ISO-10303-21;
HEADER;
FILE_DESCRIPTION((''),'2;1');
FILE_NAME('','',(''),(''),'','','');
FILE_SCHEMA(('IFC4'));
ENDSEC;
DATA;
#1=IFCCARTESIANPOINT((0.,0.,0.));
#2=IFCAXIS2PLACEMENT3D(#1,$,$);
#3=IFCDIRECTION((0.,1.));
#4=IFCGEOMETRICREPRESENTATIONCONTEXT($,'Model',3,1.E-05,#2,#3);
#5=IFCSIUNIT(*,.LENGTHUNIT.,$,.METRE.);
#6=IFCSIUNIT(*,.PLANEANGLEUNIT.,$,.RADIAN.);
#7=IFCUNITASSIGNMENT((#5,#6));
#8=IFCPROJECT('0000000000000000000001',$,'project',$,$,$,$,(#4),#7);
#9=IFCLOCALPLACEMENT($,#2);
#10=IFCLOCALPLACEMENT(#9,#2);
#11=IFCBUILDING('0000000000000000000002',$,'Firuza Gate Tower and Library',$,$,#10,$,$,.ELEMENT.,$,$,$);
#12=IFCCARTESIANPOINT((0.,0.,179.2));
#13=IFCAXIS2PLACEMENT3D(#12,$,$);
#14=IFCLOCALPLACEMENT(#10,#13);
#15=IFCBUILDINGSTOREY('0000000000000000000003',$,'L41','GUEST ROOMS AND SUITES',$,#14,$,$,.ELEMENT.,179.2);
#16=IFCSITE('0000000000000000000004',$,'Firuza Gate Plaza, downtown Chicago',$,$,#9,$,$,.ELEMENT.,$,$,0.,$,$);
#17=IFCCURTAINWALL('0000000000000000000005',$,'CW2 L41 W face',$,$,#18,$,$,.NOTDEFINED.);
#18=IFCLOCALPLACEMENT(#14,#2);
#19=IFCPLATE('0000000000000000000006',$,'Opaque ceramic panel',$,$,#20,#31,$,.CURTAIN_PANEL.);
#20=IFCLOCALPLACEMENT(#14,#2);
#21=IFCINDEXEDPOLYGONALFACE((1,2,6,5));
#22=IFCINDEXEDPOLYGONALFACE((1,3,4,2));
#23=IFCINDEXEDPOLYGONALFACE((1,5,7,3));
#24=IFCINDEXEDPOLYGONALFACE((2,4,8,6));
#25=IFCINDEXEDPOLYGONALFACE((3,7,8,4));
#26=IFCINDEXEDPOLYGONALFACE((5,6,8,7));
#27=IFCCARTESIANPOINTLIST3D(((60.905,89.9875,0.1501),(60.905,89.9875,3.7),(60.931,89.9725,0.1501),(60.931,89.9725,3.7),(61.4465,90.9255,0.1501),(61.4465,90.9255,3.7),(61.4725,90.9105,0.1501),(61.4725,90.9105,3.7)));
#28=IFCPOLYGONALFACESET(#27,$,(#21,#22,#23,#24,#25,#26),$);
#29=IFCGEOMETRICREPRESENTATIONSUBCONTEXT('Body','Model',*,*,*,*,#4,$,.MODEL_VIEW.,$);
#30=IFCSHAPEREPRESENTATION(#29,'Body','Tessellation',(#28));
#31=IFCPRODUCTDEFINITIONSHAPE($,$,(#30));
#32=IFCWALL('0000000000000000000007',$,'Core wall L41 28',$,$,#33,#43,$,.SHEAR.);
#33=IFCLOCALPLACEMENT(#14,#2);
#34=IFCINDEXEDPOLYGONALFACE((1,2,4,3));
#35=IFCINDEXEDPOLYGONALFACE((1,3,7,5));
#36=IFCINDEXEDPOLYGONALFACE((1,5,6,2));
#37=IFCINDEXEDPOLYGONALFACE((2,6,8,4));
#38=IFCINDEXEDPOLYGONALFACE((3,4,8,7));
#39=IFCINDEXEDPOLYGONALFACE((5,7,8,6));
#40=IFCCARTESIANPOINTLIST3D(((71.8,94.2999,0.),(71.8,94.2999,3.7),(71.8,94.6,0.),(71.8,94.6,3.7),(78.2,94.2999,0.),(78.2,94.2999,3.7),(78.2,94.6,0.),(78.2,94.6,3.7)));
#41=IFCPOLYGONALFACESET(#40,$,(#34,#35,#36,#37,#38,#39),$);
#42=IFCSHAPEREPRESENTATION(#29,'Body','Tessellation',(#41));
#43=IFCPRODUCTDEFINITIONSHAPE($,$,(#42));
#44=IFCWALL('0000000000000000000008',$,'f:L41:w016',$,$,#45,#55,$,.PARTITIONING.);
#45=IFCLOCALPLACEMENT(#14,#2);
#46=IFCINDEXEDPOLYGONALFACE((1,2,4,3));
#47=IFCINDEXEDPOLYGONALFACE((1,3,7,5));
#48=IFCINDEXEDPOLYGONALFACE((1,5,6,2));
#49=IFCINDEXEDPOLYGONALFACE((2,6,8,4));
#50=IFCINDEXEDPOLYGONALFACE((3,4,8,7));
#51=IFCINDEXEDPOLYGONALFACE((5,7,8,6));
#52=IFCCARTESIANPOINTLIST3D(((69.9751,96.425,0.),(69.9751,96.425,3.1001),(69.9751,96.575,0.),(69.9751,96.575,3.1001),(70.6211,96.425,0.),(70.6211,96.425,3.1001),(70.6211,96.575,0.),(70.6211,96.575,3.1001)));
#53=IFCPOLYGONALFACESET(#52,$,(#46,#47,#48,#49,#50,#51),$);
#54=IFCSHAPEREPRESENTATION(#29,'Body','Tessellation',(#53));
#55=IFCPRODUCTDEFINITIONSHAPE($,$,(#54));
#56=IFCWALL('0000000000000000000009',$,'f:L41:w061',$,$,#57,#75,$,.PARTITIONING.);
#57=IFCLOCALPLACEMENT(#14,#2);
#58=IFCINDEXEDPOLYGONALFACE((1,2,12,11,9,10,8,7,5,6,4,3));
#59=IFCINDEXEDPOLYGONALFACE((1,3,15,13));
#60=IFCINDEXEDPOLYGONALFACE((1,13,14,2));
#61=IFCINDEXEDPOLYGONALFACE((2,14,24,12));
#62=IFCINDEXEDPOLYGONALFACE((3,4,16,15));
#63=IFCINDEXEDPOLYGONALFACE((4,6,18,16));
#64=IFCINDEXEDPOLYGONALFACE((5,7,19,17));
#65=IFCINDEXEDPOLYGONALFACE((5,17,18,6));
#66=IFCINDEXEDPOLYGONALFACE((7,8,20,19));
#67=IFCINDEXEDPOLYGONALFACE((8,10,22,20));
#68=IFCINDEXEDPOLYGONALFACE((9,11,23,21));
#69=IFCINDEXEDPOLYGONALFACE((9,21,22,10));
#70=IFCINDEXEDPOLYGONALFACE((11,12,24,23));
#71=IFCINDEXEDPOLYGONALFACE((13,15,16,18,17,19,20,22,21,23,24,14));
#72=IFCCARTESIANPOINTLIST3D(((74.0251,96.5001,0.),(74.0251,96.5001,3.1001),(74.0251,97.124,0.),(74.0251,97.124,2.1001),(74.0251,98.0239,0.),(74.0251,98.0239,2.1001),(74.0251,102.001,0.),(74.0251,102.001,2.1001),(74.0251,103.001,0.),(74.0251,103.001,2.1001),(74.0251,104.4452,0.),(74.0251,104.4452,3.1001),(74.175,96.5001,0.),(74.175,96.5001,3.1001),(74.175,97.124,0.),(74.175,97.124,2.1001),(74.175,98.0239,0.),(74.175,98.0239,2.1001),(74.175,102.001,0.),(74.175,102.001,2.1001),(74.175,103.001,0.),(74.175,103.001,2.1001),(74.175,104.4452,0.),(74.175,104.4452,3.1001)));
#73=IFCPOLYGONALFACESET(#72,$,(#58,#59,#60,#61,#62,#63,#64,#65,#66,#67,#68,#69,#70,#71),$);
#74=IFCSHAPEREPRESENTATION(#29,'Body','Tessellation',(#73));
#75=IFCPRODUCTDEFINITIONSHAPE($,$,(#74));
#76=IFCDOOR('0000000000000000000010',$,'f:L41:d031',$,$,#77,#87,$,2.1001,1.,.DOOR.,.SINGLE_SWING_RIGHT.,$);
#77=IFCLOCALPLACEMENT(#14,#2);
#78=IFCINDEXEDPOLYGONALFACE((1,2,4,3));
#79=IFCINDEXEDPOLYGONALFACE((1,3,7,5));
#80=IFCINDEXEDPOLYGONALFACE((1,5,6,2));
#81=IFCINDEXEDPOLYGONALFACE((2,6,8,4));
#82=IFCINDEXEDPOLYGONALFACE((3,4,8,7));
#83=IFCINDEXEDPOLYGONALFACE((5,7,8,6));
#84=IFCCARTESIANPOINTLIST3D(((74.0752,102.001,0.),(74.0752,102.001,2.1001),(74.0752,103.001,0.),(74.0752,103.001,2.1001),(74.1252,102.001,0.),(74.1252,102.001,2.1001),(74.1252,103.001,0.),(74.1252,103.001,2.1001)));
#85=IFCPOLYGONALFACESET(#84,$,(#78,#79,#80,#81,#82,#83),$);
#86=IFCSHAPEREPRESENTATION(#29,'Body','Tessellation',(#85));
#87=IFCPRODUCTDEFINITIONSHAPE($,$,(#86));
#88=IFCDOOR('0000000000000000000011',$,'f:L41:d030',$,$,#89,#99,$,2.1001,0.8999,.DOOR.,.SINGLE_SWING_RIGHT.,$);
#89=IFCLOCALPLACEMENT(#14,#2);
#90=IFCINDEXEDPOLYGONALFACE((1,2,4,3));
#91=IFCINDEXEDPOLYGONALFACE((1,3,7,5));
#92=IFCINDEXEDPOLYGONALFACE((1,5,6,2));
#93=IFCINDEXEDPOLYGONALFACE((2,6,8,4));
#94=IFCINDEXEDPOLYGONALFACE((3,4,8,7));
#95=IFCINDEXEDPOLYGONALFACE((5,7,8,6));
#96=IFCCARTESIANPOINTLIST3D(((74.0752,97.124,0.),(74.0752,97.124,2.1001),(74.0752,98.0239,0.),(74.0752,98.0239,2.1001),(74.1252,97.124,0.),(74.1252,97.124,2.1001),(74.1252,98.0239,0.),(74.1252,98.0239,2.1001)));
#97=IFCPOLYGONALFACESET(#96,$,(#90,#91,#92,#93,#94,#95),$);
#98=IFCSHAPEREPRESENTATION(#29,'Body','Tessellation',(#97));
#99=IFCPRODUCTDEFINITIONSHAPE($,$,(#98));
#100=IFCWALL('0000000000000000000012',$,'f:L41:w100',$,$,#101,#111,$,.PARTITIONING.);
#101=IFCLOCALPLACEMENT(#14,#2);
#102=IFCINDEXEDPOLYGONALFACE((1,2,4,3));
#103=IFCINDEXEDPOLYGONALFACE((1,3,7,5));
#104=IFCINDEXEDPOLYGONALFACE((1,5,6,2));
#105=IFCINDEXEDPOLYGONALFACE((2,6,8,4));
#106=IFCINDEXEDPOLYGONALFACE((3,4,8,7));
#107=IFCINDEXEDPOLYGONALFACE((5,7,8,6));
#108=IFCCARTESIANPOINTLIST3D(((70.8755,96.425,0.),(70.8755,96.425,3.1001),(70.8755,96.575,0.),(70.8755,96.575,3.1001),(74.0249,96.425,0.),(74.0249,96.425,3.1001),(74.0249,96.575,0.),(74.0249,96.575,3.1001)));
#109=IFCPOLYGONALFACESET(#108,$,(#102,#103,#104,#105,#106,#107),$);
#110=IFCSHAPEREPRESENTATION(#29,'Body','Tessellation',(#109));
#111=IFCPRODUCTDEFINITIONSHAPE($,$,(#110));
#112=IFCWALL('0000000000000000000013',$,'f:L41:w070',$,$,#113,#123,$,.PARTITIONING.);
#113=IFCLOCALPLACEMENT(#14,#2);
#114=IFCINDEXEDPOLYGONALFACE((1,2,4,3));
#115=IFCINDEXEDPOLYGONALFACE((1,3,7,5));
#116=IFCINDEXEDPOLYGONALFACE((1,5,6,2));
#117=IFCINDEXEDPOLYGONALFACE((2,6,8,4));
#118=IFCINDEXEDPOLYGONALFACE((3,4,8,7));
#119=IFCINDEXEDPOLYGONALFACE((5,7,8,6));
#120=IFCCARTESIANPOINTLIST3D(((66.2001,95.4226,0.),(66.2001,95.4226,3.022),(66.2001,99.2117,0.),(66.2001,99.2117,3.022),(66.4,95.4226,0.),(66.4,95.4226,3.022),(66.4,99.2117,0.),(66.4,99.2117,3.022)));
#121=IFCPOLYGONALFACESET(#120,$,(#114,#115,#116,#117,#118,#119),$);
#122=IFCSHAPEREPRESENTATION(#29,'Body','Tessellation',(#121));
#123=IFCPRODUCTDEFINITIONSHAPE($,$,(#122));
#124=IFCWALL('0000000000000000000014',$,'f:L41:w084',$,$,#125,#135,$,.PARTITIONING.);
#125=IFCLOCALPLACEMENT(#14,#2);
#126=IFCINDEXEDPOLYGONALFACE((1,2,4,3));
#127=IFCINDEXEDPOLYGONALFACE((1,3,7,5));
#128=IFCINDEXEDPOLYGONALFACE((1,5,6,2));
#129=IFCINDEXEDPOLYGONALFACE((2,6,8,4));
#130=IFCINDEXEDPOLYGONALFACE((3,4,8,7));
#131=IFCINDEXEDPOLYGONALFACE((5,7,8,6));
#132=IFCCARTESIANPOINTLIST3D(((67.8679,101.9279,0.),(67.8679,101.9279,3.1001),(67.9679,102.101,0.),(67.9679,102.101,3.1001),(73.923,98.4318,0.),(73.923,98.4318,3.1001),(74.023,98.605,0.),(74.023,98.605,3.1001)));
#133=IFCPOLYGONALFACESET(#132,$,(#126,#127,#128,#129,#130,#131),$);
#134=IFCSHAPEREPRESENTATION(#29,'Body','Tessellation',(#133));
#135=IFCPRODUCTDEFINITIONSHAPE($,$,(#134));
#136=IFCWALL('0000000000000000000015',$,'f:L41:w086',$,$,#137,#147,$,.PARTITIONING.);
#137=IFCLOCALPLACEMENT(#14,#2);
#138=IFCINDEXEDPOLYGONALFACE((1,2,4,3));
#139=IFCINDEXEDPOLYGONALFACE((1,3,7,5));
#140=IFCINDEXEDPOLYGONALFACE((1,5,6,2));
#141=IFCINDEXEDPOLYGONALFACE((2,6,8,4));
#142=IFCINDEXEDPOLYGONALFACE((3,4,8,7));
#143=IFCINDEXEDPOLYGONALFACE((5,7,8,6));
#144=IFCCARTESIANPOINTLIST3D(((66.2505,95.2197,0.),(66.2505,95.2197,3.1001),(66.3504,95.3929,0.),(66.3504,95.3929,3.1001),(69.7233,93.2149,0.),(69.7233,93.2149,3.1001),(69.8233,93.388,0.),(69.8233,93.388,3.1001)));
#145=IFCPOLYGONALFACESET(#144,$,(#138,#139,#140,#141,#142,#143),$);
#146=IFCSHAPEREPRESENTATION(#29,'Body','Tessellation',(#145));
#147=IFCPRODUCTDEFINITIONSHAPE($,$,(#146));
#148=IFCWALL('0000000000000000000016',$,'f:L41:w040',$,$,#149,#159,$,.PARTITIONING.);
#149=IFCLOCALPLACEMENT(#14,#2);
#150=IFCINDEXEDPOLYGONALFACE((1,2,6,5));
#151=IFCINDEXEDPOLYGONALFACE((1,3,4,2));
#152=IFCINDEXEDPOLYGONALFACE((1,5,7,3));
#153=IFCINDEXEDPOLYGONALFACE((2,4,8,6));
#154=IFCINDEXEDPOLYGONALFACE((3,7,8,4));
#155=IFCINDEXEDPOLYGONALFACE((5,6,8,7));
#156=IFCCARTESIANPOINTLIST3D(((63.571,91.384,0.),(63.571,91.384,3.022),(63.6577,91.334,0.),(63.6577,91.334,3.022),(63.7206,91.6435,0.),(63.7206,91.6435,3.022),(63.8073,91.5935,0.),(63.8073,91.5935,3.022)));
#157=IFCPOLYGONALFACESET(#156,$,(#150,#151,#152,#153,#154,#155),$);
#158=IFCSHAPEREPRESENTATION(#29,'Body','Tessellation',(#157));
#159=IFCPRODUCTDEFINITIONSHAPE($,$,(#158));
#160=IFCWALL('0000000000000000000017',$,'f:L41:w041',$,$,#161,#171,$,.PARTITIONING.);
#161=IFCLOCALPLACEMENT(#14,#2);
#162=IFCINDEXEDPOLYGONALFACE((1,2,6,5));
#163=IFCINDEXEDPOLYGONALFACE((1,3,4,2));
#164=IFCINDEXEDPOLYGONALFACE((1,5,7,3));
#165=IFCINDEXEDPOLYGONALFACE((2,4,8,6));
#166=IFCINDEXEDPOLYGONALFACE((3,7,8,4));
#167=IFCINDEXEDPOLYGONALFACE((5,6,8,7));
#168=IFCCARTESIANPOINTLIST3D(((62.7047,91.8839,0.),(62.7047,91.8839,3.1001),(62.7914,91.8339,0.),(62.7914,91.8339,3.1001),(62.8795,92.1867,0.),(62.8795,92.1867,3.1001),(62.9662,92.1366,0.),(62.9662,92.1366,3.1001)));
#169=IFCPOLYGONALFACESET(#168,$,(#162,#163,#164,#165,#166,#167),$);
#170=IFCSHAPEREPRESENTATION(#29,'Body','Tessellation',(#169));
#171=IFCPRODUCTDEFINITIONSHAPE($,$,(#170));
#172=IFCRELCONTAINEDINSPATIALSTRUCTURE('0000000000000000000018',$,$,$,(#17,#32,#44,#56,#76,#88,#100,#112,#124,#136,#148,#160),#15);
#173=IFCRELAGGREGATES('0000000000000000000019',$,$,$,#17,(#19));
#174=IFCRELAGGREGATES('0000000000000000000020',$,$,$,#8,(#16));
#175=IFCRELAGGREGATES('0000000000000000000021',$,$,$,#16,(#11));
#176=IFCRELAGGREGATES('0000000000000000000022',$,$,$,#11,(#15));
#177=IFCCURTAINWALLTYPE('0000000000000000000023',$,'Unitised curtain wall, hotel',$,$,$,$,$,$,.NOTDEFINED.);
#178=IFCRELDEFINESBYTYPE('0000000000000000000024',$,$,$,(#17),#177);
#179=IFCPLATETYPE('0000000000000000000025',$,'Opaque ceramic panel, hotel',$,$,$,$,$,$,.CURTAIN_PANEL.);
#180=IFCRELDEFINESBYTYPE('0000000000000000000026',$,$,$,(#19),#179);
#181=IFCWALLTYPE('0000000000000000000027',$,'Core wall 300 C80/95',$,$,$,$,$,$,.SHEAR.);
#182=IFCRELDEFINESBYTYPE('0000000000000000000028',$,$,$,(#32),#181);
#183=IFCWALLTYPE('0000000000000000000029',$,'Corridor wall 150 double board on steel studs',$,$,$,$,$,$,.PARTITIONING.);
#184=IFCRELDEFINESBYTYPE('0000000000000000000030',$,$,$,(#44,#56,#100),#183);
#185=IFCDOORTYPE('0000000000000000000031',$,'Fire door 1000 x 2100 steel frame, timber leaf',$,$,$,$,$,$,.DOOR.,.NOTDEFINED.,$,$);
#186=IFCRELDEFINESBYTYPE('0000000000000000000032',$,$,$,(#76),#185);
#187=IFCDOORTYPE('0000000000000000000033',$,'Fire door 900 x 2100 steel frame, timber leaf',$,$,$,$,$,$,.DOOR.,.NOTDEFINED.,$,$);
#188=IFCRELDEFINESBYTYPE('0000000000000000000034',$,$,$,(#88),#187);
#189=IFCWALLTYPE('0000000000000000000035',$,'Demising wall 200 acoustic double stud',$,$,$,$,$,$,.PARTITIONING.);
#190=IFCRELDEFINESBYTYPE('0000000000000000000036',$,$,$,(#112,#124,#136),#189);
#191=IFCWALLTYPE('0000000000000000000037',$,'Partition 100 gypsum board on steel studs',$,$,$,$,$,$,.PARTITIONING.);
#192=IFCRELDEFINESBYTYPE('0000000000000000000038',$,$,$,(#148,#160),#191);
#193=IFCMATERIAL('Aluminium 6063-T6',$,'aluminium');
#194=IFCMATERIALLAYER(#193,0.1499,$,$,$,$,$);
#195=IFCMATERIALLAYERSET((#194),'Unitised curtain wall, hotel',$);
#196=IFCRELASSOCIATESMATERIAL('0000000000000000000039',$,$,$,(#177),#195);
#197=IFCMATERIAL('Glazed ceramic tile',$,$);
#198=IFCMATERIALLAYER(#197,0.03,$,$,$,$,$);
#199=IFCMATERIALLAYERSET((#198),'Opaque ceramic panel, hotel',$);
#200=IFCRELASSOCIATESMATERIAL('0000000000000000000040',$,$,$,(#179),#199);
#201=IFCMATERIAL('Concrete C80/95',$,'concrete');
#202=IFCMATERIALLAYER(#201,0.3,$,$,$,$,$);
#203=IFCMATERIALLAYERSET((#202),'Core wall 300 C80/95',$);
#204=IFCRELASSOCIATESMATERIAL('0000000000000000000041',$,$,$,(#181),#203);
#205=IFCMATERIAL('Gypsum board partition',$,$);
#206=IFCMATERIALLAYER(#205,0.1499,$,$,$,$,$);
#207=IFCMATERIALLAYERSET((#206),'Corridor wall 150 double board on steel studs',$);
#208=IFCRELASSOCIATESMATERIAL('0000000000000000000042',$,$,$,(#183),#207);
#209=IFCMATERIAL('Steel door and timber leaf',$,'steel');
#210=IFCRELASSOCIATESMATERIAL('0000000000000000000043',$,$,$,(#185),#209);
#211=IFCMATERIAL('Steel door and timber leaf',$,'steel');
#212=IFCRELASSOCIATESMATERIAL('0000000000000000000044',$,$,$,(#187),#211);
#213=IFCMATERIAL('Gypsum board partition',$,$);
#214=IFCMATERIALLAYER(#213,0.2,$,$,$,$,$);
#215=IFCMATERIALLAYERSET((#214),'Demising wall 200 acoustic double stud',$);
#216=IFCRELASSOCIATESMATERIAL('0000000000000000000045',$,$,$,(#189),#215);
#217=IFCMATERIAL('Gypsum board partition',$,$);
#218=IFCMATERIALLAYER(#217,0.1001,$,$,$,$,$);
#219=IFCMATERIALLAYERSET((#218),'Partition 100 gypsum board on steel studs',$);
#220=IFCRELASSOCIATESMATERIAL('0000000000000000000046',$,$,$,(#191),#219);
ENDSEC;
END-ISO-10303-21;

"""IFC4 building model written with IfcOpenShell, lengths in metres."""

from ifc_helpers import new_model, si_unit, direction, frame, frame_2d, origin, place, context, subcontext, project, spatial, polyline, rectangle, outline, extrude, material, layer, layer_set, type_object, element, fill, aggregate, save


model = new_model("IFC4")

# Units and contexts
model_context = context("Model", 3, precision=1e-05, world=origin(), true_north=direction((0.0, 1.0)))
body_context = subcontext(model_context, "Body", "Model", "MODEL_VIEW")
ifc_project = project(units=[si_unit("LENGTHUNIT", "METRE"), si_unit("PLANEANGLEUNIT", "RADIAN")], contexts=[model_context])

# Site, building, storey
site_placement = place(None, origin())
site = spatial("IfcSite", under=ifc_project, at=site_placement, Name="Firuza Gate Plaza, downtown Chicago", CompositionType="ELEMENT", RefElevation=0.0)
building_placement = place(site_placement, origin())
building = spatial("IfcBuilding", under=site, at=building_placement, Name="Firuza Gate Tower and Library", CompositionType="ELEMENT")
storey_placement = place(building_placement, frame((0.0, 0.0, 179.2)))
storey = spatial("IfcBuildingStorey", under=building, at=storey_placement, Name="L41", Description="GUEST ROOMS AND SUITES", CompositionType="ELEMENT", Elevation=179.2)

# Curtain wall
ifc_material_1 = material(Name="Aluminium 6063-T6", Category="aluminium")
ifc_layer_1 = layer(ifc_material_1, 0.1499)
ifc_layer_set_1 = layer_set([ifc_layer_1], Name="Unitised curtain wall, hotel")
curtain_wall_type = type_object("IfcCurtainWallType", Name="Unitised curtain wall, hotel", PredefinedType="NOTDEFINED", material=ifc_layer_set_1)
placement = place(storey_placement, origin())
curtain_wall = element("IfcCurtainWall", 1, at=placement, inside=storey, type_object=curtain_wall_type, Name="CW2 L41 W face", PredefinedType="NOTDEFINED")

# Plate
ifc_material_2 = material(Name="Glazed ceramic tile")
ifc_layer_2 = layer(ifc_material_2, 0.03)
ifc_layer_set_2 = layer_set([ifc_layer_2], Name="Opaque ceramic panel, hotel")
plate_type_1 = type_object("IfcPlateType", Name="Opaque ceramic panel, hotel", PredefinedType="CURTAIN_PANEL", material=ifc_layer_set_2)
plate_1_placement = place(storey_placement, frame((61.4465, 90.9255, 0.1501), z_axis=(-0.866043, 0.49997, 0.0), x_axis=(-0.49997, -0.866043, 0.0)))
plate_1 = element("IfcPlate", 2, at=plate_1_placement, type_object=plate_type_1, Name="Opaque ceramic panel", PredefinedType="CURTAIN_PANEL", context=body_context, shape_type="SweptSolid", body=[
    extrude(outline(polyline([(0.0, 0.0), (1.0831, 0.0), (1.0831, 3.5498), (0.0, 3.5498), (0.0, 0.0)])), origin(), (0.0, 0.0, -1.0), 0.03),
])
aggregate(curtain_wall, [plate_1])

# Walls
ifc_material_3 = material(Name="Concrete C80/95", Category="concrete")
ifc_layer_3 = layer(ifc_material_3, 0.3)
ifc_layer_set_3 = layer_set([ifc_layer_3], Name="Core wall 300 C80/95")
wall_type_1 = type_object("IfcWallType", Name="Core wall 300 C80/95", PredefinedType="SHEAR", material=ifc_layer_set_3)
wall_1_placement = place(storey_placement, frame((71.8, 94.45, 0.0), z_axis=(0.0, 0.0, 1.0), x_axis=(1.0, 0.0, 0.0)))
element("IfcWall", 3, at=wall_1_placement, inside=storey, type_object=wall_type_1, Name="Core wall L41 28", PredefinedType="SHEAR", context=body_context, shape_type="SweptSolid", body=[
    extrude(rectangle(XDim=6.3999, YDim=0.3, at=frame_2d((3.2, 0.0))), origin(), (0.0, 0.0, 1.0), 3.7),
])
ifc_material_4 = material(Name="Gypsum board partition")
ifc_layer_4 = layer(ifc_material_4, 0.1499)
ifc_layer_set_4 = layer_set([ifc_layer_4], Name="Corridor wall 150 double board on steel studs")
wall_type_2 = type_object("IfcWallType", Name="Corridor wall 150 double board on steel studs", PredefinedType="PARTITIONING", material=ifc_layer_set_4)
wall_2_placement = place(storey_placement, frame((69.9751, 96.5, 0.0), z_axis=(0.0, 0.0, 1.0), x_axis=(1.0, 0.0, 0.0)))
element("IfcWall", 4, at=wall_2_placement, inside=storey, type_object=wall_type_2, Name="f:L41:w016", PredefinedType="PARTITIONING", context=body_context, shape_type="SweptSolid", body=[
    extrude(rectangle(XDim=0.646, YDim=0.1499, at=frame_2d((0.323, 0.0))), origin(), (0.0, 0.0, 1.0), 3.1001),
])

# Wall, openings, doors
wall_3_placement = place(storey_placement, frame((74.1001, 96.5, 0.0), z_axis=(0.0, 0.0, 1.0), x_axis=(0.0, 1.0, 0.0)))
wall_3 = element("IfcWall", 5, at=wall_3_placement, inside=storey, type_object=wall_type_2, Name="f:L41:w061", PredefinedType="PARTITIONING", context=body_context, shape_type="SweptSolid", body=[
    extrude(rectangle(XDim=7.9451, YDim=0.1499, at=frame_2d((3.9727, 0.0))), origin(), (0.0, 0.0, 1.0), 3.1001),
])
opening_1_placement = place(wall_3_placement, frame((0.624, 0.0, 0.0)))
opening_1 = element("IfcOpeningElement", 6, at=opening_1_placement, cuts=wall_3, PredefinedType="OPENING", context=body_context, shape_type="SweptSolid", body=[
    extrude(rectangle(XDim=0.8999, YDim=2.1001, at=frame_2d((0.45, 1.05))), frame((0.0, 0.085, 0.0), z_axis=(0.0, -1.0, 0.0), x_axis=(1.0, 0.0, 0.0)), (0.0, 0.0, 1.0), 0.1699),
])
opening_2_placement = place(wall_3_placement, frame((5.501, 0.0, 0.0)))
opening_2 = element("IfcOpeningElement", 7, at=opening_2_placement, cuts=wall_3, PredefinedType="OPENING", context=body_context, shape_type="SweptSolid", body=[
    extrude(rectangle(XDim=1.0, YDim=2.1001, at=frame_2d((0.5, 1.05))), frame((0.0, 0.085, 0.0), z_axis=(0.0, -1.0, 0.0), x_axis=(1.0, 0.0, 0.0)), (0.0, 0.0, 1.0), 0.1699),
])
ifc_material_5 = material(Name="Steel door and timber leaf", Category="steel")
door_type_1 = type_object("IfcDoorType", Name="Fire door 1000 x 2100 steel frame, timber leaf", OperationType="NOTDEFINED", PredefinedType="DOOR", material=ifc_material_5)
door_1_placement = place(opening_2_placement, origin())
door_1 = element("IfcDoor", 8, at=door_1_placement, inside=storey, type_object=door_type_1, Name="f:L41:d031", OperationType="SINGLE_SWING_RIGHT", OverallHeight=2.1001, OverallWidth=1.0, PredefinedType="DOOR", context=body_context, shape_type="SweptSolid", body=[
    extrude(rectangle(XDim=1.0, YDim=2.1001, at=frame_2d((0.5, 1.05))), frame((0.0, 0.0249, 0.0), z_axis=(0.0, -1.0, 0.0), x_axis=(1.0, 0.0, 0.0)), (0.0, 0.0, 1.0), 0.05),
])
fill(opening_2, door_1)
ifc_material_6 = material(Name="Steel door and timber leaf", Category="steel")
door_type_2 = type_object("IfcDoorType", Name="Fire door 900 x 2100 steel frame, timber leaf", OperationType="NOTDEFINED", PredefinedType="DOOR", material=ifc_material_6)
door_2_placement = place(opening_1_placement, origin())
door_2 = element("IfcDoor", 9, at=door_2_placement, inside=storey, type_object=door_type_2, Name="f:L41:d030", OperationType="SINGLE_SWING_RIGHT", OverallHeight=2.1001, OverallWidth=0.8999, PredefinedType="DOOR", context=body_context, shape_type="SweptSolid", body=[
    extrude(rectangle(XDim=0.8999, YDim=2.1001, at=frame_2d((0.45, 1.05))), frame((0.0, 0.0249, 0.0), z_axis=(0.0, -1.0, 0.0), x_axis=(1.0, 0.0, 0.0)), (0.0, 0.0, 1.0), 0.05),
])
fill(opening_1, door_2)

# Walls
wall_4_placement = place(storey_placement, frame((70.8755, 96.5, 0.0), z_axis=(0.0, 0.0, 1.0), x_axis=(1.0, 0.0, 0.0)))
element("IfcWall", 10, at=wall_4_placement, inside=storey, type_object=wall_type_2, Name="f:L41:w100", PredefinedType="PARTITIONING", context=body_context, shape_type="SweptSolid", body=[
    extrude(rectangle(XDim=3.1494, YDim=0.1499, at=frame_2d((1.5747, 0.0))), origin(), (0.0, 0.0, 1.0), 3.1001),
])
ifc_material_7 = material(Name="Gypsum board partition")
ifc_layer_5 = layer(ifc_material_7, 0.2)
ifc_layer_set_5 = layer_set([ifc_layer_5], Name="Demising wall 200 acoustic double stud")
wall_type_3 = type_object("IfcWallType", Name="Demising wall 200 acoustic double stud", PredefinedType="PARTITIONING", material=ifc_layer_set_5)
wall_5_placement = place(storey_placement, frame((66.3, 95.4226, 0.0), z_axis=(0.0, 0.0, 1.0), x_axis=(0.0, 1.0, 0.0)))
element("IfcWall", 11, at=wall_5_placement, inside=storey, type_object=wall_type_3, Name="f:L41:w070", PredefinedType="PARTITIONING", context=body_context, shape_type="SweptSolid", body=[
    extrude(rectangle(XDim=3.7891, YDim=0.2, at=frame_2d((1.8945, 0.0))), origin(), (0.0, 0.0, 1.0), 3.022),
])
wall_6_placement = place(storey_placement, frame((73.9731, 98.5183, 0.0), z_axis=(0.0, 0.0, 1.0), x_axis=(-0.866017, 0.500015, 0.0)))
element("IfcWall", 12, at=wall_6_placement, inside=storey, type_object=wall_type_3, Name="f:L41:w084", PredefinedType="PARTITIONING", context=body_context, shape_type="SweptSolid", body=[
    extrude(rectangle(XDim=6.9919, YDim=0.2, at=frame_2d((3.4961, 0.0))), origin(), (0.0, 0.0, 1.0), 3.1001),
])
wall_7_placement = place(storey_placement, frame((69.7732, 93.3015, 0.0), z_axis=(0.0, 0.0, 1.0), x_axis=(-0.866047, 0.499963, 0.0)))
element("IfcWall", 13, at=wall_7_placement, inside=storey, type_object=wall_type_3, Name="f:L41:w086", PredefinedType="PARTITIONING", context=body_context, shape_type="SweptSolid", body=[
    extrude(rectangle(XDim=4.01, YDim=0.2, at=frame_2d((2.0049, 0.0))), origin(), (0.0, 0.0, 1.0), 3.1001),
])
ifc_material_8 = material(Name="Gypsum board partition")
ifc_layer_6 = layer(ifc_material_8, 0.1001)
ifc_layer_set_6 = layer_set([ifc_layer_6], Name="Partition 100 gypsum board on steel studs")
wall_type_4 = type_object("IfcWallType", Name="Partition 100 gypsum board on steel studs", PredefinedType="PARTITIONING", material=ifc_layer_set_6)
wall_8_placement = place(storey_placement, frame((63.6143, 91.3589, 0.0), z_axis=(0.0, 0.0, 1.0), x_axis=(0.499558, 0.866281, 0.0)))
element("IfcWall", 14, at=wall_8_placement, inside=storey, type_object=wall_type_4, Name="f:L41:w040", PredefinedType="PARTITIONING", context=body_context, shape_type="SweptSolid", body=[
    extrude(rectangle(XDim=0.2996, YDim=0.1001, at=frame_2d((0.1499, 0.0))), origin(), (0.0, 0.0, 1.0), 3.022),
])
wall_9_placement = place(storey_placement, frame((62.748, 91.8589, 0.0), z_axis=(0.0, 0.0, 1.0), x_axis=(0.500045, 0.865999, 0.0)))
element("IfcWall", 15, at=wall_9_placement, inside=storey, type_object=wall_type_4, Name="f:L41:w041", PredefinedType="PARTITIONING", context=body_context, shape_type="SweptSolid", body=[
    extrude(rectangle(XDim=0.3496, YDim=0.1001, at=frame_2d((0.1748, 0.0))), origin(), (0.0, 0.0, 1.0), 3.1001),
])

save(model, "model.ifc")
